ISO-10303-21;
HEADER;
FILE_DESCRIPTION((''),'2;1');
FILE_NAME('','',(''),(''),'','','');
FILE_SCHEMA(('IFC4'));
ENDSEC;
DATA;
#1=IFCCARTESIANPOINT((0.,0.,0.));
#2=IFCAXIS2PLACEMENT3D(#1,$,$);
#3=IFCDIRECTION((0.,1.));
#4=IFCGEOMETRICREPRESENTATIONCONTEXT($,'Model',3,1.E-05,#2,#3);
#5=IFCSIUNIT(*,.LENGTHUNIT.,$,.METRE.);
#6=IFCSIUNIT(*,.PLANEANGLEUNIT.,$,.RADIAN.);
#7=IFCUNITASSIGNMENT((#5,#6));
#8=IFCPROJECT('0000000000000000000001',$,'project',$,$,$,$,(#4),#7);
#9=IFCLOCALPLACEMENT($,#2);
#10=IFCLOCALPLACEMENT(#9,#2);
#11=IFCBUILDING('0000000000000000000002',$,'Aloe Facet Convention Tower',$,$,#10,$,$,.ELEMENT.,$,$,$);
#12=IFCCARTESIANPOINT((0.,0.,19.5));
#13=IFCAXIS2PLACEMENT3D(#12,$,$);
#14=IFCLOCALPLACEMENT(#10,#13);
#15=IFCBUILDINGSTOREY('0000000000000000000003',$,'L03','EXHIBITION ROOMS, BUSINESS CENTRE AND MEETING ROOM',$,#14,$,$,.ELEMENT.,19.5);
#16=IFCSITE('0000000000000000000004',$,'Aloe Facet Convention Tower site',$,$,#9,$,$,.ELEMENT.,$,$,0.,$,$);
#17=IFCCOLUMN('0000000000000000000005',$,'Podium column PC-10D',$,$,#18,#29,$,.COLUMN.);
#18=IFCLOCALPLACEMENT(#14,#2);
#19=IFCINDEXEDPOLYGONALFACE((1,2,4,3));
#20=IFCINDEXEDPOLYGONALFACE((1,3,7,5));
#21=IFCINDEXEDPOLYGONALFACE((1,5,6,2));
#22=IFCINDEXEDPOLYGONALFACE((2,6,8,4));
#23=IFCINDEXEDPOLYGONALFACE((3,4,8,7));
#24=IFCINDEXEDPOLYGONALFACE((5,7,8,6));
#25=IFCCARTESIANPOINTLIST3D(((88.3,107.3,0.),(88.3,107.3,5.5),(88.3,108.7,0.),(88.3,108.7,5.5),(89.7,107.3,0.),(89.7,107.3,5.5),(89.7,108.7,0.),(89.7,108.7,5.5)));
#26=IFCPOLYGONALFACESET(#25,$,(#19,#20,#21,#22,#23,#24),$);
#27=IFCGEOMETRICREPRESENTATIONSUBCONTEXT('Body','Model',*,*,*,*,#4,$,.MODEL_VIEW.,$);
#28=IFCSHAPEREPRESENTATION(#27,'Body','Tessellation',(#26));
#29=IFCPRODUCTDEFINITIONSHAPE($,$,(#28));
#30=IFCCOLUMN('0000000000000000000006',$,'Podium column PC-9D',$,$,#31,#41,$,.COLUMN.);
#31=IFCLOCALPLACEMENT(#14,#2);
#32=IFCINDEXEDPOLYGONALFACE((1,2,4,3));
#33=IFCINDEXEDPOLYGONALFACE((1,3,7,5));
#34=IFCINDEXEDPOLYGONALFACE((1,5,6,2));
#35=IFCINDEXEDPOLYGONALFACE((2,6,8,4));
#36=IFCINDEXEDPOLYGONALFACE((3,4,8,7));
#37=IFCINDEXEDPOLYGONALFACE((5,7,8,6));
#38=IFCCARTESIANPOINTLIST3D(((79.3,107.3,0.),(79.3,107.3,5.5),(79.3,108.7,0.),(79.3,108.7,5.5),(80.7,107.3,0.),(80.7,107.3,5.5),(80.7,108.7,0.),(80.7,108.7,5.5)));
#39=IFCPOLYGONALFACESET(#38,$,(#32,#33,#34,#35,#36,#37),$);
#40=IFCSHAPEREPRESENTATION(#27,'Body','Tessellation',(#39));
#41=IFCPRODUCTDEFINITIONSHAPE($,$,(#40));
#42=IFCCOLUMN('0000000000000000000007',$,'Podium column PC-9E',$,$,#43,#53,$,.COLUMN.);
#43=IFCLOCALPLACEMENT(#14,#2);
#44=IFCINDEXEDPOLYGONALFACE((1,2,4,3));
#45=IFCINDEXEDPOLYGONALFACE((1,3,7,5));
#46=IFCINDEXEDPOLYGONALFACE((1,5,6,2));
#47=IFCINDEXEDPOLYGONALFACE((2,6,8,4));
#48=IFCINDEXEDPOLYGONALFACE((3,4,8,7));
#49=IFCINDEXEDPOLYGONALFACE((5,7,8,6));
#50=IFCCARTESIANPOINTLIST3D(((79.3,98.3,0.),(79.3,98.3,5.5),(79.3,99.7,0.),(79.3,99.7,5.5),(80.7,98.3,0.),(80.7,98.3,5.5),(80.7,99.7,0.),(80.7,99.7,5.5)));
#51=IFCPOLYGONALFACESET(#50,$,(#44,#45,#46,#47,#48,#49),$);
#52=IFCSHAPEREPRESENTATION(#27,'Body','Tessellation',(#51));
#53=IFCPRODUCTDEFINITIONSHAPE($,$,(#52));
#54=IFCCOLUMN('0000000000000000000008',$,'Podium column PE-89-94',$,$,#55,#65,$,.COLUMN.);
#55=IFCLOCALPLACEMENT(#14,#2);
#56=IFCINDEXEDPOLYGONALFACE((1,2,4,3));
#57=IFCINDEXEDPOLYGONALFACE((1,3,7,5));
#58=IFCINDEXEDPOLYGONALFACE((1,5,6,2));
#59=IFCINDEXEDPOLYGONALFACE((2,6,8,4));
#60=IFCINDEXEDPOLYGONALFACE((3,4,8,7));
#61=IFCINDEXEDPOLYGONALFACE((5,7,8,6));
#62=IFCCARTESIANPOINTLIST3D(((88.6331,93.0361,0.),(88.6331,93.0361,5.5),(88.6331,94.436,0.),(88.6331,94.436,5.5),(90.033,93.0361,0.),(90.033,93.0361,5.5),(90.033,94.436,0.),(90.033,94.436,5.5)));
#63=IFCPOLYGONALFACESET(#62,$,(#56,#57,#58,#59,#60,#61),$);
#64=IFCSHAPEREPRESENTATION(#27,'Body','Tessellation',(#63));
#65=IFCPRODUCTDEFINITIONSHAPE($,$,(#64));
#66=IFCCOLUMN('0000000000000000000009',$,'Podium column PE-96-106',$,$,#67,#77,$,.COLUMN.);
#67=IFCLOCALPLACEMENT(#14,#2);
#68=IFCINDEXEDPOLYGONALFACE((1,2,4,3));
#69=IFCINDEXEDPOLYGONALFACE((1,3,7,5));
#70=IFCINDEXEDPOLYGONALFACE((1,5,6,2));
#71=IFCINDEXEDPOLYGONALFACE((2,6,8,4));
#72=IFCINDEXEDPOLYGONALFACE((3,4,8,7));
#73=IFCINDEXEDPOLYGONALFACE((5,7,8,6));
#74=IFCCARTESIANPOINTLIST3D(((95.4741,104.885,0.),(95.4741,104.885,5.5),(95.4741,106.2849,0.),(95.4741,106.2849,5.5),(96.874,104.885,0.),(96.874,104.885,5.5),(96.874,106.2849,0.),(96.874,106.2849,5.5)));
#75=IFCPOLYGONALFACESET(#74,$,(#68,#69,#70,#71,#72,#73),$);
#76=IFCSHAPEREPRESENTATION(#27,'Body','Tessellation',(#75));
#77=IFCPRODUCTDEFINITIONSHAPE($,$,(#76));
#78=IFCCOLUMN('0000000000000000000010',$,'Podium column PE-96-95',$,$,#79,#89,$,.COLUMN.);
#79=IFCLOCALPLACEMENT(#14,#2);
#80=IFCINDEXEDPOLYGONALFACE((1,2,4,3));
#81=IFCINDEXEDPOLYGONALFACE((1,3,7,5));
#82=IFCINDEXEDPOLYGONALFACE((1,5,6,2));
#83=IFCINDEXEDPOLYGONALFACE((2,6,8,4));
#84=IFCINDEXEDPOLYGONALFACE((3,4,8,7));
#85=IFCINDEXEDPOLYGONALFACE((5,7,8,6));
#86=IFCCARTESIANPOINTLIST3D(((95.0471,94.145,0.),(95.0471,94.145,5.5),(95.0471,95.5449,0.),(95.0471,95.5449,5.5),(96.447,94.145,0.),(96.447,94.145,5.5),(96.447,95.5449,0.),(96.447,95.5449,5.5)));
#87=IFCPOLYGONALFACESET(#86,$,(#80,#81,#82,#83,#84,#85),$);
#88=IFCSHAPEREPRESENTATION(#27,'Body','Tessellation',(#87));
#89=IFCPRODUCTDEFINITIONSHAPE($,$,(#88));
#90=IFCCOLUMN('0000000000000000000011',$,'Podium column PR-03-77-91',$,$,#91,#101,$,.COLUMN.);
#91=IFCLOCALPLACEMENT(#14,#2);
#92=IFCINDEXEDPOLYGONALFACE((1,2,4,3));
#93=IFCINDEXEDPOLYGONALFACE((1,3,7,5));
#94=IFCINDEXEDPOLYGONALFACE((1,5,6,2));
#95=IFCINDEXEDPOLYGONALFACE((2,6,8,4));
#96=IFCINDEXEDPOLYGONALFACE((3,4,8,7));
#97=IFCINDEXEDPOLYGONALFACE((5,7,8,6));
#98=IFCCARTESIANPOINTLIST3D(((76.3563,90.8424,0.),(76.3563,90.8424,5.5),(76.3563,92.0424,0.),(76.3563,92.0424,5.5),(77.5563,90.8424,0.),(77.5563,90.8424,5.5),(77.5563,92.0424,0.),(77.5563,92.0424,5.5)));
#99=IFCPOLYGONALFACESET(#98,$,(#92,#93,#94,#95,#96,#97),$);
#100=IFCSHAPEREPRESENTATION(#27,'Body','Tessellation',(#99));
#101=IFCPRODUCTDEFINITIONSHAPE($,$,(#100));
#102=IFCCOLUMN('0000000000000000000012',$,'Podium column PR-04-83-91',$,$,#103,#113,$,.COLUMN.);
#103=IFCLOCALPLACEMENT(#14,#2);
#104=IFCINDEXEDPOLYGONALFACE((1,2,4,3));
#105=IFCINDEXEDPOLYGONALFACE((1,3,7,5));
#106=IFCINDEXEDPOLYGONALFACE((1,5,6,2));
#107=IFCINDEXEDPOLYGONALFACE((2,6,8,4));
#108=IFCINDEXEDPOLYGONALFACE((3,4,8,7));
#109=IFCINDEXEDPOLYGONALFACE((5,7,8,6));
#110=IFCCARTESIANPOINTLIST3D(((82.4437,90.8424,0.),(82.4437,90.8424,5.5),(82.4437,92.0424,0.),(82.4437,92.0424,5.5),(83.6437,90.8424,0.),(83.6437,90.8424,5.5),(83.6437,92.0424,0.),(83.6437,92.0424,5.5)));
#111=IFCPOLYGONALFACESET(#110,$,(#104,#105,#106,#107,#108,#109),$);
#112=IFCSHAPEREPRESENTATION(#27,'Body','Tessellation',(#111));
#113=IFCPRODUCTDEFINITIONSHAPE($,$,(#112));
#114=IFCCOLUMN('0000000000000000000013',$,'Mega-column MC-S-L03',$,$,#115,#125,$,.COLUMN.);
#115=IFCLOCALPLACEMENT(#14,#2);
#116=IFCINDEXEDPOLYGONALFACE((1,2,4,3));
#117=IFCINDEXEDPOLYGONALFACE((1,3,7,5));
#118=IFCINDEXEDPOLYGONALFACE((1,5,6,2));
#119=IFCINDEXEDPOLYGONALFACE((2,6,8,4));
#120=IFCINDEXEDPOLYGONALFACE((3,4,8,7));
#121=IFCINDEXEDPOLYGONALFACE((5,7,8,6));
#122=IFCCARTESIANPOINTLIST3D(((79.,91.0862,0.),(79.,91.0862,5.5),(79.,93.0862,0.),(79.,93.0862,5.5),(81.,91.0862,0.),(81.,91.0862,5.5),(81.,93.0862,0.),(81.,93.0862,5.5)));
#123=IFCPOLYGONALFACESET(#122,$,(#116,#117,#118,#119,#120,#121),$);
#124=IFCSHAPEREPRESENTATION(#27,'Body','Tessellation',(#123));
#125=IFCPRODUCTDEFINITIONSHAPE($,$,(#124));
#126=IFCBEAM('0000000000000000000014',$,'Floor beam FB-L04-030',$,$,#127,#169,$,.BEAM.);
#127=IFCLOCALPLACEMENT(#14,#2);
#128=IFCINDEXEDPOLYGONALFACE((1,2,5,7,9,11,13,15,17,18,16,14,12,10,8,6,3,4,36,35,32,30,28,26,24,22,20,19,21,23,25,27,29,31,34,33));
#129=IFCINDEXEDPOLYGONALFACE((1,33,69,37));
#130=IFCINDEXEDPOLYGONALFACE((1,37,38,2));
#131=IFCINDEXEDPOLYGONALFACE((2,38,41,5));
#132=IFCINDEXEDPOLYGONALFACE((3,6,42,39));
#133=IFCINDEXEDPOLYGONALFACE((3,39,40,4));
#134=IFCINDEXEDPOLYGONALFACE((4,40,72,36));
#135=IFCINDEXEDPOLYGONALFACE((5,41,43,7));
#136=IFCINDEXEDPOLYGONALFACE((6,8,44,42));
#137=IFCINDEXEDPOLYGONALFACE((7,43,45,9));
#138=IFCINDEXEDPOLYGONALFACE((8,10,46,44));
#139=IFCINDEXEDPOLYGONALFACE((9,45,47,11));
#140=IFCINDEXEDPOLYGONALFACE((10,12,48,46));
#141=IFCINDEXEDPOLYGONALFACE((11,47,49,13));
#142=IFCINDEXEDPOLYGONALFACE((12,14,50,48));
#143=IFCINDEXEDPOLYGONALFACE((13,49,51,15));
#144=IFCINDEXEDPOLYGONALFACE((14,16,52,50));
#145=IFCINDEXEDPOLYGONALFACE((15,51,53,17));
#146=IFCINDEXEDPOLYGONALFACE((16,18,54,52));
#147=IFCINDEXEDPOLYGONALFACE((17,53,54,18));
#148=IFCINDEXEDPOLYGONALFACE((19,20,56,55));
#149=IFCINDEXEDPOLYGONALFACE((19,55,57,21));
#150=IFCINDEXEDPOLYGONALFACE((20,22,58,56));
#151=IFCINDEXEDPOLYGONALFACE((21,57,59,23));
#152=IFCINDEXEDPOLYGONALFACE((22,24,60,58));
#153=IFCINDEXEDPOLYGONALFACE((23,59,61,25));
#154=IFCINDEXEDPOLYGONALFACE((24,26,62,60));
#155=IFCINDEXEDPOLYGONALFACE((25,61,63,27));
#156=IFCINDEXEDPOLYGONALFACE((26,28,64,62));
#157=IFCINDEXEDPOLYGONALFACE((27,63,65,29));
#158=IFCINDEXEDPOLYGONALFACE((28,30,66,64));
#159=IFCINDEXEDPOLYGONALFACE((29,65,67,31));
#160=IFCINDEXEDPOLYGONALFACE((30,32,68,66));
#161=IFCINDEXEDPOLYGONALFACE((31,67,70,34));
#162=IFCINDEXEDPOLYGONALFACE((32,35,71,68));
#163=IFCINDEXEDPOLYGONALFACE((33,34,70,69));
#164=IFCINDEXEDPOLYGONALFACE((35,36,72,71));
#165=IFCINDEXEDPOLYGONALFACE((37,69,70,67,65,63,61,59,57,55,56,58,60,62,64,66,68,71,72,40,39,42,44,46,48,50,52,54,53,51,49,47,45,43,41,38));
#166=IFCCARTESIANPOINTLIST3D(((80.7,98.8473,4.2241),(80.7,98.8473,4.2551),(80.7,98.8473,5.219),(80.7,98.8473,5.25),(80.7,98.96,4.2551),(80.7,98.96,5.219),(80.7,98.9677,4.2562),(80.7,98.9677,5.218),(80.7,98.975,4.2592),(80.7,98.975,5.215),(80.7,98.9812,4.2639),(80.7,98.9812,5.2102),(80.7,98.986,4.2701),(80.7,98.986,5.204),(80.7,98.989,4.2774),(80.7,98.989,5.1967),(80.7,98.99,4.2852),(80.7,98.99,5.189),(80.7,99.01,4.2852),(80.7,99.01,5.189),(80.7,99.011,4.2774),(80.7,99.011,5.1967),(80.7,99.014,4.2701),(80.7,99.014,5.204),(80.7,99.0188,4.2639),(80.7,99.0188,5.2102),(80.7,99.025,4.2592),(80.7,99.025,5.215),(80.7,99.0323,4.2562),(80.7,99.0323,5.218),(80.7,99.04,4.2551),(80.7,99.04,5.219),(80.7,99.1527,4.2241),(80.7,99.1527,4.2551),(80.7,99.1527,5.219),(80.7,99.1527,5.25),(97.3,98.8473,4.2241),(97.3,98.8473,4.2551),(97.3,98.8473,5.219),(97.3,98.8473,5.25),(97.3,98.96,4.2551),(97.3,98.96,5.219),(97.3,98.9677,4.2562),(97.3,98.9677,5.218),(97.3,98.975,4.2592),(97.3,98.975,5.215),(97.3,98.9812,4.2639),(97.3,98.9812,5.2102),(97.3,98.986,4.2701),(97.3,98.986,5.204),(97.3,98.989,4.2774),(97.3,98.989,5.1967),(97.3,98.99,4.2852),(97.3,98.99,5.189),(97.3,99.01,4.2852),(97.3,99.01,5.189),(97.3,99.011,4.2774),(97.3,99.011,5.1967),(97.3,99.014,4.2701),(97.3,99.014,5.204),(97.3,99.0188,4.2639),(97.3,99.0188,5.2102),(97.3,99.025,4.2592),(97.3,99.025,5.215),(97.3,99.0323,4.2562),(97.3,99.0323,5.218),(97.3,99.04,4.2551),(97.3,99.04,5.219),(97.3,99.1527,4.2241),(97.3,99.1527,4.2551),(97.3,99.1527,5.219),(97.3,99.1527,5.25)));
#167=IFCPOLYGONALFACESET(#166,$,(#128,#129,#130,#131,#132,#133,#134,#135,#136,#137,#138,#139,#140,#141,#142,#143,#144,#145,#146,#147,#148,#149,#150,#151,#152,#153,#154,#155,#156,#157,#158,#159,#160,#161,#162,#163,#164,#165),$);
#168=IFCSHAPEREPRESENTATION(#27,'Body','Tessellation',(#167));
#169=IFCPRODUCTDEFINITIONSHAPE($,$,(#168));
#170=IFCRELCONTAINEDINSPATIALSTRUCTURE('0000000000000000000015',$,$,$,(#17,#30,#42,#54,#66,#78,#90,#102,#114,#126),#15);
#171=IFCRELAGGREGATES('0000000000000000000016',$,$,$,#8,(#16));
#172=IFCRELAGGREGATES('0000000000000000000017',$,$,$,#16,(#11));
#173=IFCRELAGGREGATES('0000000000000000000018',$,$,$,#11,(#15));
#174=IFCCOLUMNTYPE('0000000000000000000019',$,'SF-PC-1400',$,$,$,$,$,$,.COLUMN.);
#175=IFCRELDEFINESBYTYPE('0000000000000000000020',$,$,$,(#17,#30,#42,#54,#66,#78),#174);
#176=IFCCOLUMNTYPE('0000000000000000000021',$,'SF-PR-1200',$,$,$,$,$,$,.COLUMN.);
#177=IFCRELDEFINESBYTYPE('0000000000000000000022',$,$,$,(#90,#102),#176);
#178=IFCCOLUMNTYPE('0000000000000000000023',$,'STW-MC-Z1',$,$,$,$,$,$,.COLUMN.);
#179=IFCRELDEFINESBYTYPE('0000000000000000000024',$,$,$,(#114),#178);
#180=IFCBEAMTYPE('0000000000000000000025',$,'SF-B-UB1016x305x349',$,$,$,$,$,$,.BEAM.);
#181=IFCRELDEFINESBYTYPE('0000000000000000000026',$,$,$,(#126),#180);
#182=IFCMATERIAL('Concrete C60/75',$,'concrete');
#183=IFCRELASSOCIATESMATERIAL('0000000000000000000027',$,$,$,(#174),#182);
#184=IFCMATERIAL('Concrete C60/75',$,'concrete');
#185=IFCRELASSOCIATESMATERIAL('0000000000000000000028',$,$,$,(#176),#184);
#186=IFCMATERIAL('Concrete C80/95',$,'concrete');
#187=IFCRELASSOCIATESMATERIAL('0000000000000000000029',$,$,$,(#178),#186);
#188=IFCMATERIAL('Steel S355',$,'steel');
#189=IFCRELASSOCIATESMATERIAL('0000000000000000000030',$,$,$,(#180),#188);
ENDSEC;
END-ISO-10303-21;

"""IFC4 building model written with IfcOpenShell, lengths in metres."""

from ifc_helpers import new_model, si_unit, direction, frame, origin, origin_2d, place, context, subcontext, project, spatial, rectangle, i_section, extrude, material, material_profile, profile_set, type_object, element, save


model = new_model("IFC4")

# Units and contexts
model_context = context("Model", 3, precision=1e-05, world=origin(), true_north=direction((0.0, 1.0)))
body_context = subcontext(model_context, "Body", "Model", "MODEL_VIEW")
ifc_project = project(units=[si_unit("LENGTHUNIT", "METRE"), si_unit("PLANEANGLEUNIT", "RADIAN")], contexts=[model_context])

# Site, building, storey
site_placement = place(None, origin())
site = spatial("IfcSite", under=ifc_project, at=site_placement, Name="Aloe Facet Convention Tower site", CompositionType="ELEMENT", RefElevation=0.0)
building_placement = place(site_placement, origin())
building = spatial("IfcBuilding", under=site, at=building_placement, Name="Aloe Facet Convention Tower", CompositionType="ELEMENT")
storey_placement = place(building_placement, frame((0.0, 0.0, 19.5)))
storey = spatial("IfcBuildingStorey", under=building, at=storey_placement, Name="L03", Description="EXHIBITION ROOMS, BUSINESS CENTRE AND MEETING ROOM", CompositionType="ELEMENT", Elevation=19.5)

# Columns
ifc_material_1 = material(Name="Concrete C60/75", Category="concrete")
ifc_material_profile_1 = material_profile(ifc_material_1, rectangle(XDim=1.3999, YDim=1.3999, at=origin_2d()), Name="SF-PC-1400")
ifc_profile_set_1 = profile_set([ifc_material_profile_1], Name="Concrete C60/75")
column_type_1 = type_object("IfcColumnType", Name="SF-PC-1400", PredefinedType="COLUMN", material=ifc_profile_set_1)
for number, where, z_axis, x_axis, name in (
    (1, (89.0, 108.0, 0.0), (0.0, 0.0, 1.0), (1.0, 0.0, 0.0), "Podium column PC-10D"),
    (2, (80.0, 108.0, 0.0), (0.0, 0.0, 1.0), (1.0, 0.0, 0.0), "Podium column PC-9D"),
    (3, (80.0, 99.0, 0.0), (0.0, 0.0, 1.0), (1.0, 0.0, 0.0), "Podium column PC-9E"),
    (4, (89.333, 93.7361, 0.0), (0.0, 0.0, 1.0), (1.0, 0.0, 0.0), "Podium column PE-89-94"),
    (5, (96.1741, 105.585, 0.0), (0.0, 0.0, 1.0), (1.0, 0.0, 0.0), "Podium column PE-96-106"),
    (6, (95.7471, 94.845, 0.0), (0.0, 0.0, 1.0), (1.0, 0.0, 0.0), "Podium column PE-96-95"),
):
    element("IfcColumn", number, at=place(storey_placement, frame(where, z_axis=z_axis, x_axis=x_axis)), inside=storey, type_object=column_type_1, Name=name, PredefinedType="COLUMN", context=body_context, shape_type="SweptSolid", body=[
        extrude(rectangle(XDim=1.3999, YDim=1.3999, at=origin_2d()), origin(), (0.0, 0.0, 1.0), 5.5),
    ])
ifc_material_2 = material(Name="Concrete C60/75", Category="concrete")
ifc_material_profile_2 = material_profile(ifc_material_2, rectangle(XDim=1.2, YDim=1.2, at=origin_2d()), Name="SF-PR-1200")
ifc_profile_set_2 = profile_set([ifc_material_profile_2], Name="Concrete C60/75")
column_type_2 = type_object("IfcColumnType", Name="SF-PR-1200", PredefinedType="COLUMN", material=ifc_profile_set_2)
for number, where, z_axis, x_axis, name in (
    (7, (76.9563, 91.4424, 0.0), (0.0, 0.0, 1.0), (1.0, 0.0, 0.0), "Podium column PR-03-77-91"),
    (8, (83.0437, 91.4424, 0.0), (0.0, 0.0, 1.0), (1.0, 0.0, 0.0), "Podium column PR-04-83-91"),
):
    element("IfcColumn", number, at=place(storey_placement, frame(where, z_axis=z_axis, x_axis=x_axis)), inside=storey, type_object=column_type_2, Name=name, PredefinedType="COLUMN", context=body_context, shape_type="SweptSolid", body=[
        extrude(rectangle(XDim=1.2, YDim=1.2, at=origin_2d()), origin(), (0.0, 0.0, 1.0), 5.5),
    ])
ifc_material_3 = material(Name="Concrete C80/95", Category="concrete")
ifc_material_profile_3 = material_profile(ifc_material_3, rectangle(XDim=2.0, YDim=2.0, at=origin_2d()), Name="STW-MC-Z1")
ifc_profile_set_3 = profile_set([ifc_material_profile_3], Name="Concrete C80/95")
column_type_3 = type_object("IfcColumnType", Name="STW-MC-Z1", PredefinedType="COLUMN", material=ifc_profile_set_3)
column_placement = place(storey_placement, frame((80.0, 92.0862, 0.0), z_axis=(0.0, 0.0, 1.0), x_axis=(1.0, 0.0, 0.0)))
element("IfcColumn", 9, at=column_placement, inside=storey, type_object=column_type_3, Name="Mega-column MC-S-L03", PredefinedType="COLUMN", context=body_context, shape_type="SweptSolid", body=[
    extrude(rectangle(XDim=2.0, YDim=2.0, at=origin_2d()), origin(), (0.0, 0.0, 1.0), 5.5),
])

# Beam
ifc_material_4 = material(Name="Steel S355", Category="steel")
ifc_material_profile_4 = material_profile(ifc_material_4, i_section(OverallWidth=0.3054, OverallDepth=1.0259, WebThickness=0.02, FlangeThickness=0.031, FilletRadius=0.03, at=origin_2d()), Name="UB 1016x305x349")
ifc_profile_set_4 = profile_set([ifc_material_profile_4], Name="Steel S355")
beam_type_1 = type_object("IfcBeamType", Name="SF-B-UB1016x305x349", PredefinedType="BEAM", material=ifc_profile_set_4)
beam_1_placement = place(storey_placement, frame((80.7, 99.0, 4.7371), z_axis=(1.0, 0.0, 0.0), x_axis=(0.0, 1.0, 0.0)))
element("IfcBeam", 10, at=beam_1_placement, inside=storey, type_object=beam_type_1, Name="Floor beam FB-L04-030", PredefinedType="BEAM", context=body_context, shape_type="SweptSolid", body=[
    extrude(i_section(OverallWidth=0.3054, OverallDepth=1.0259, WebThickness=0.02, FlangeThickness=0.031, FilletRadius=0.03, at=origin_2d()), origin(), (0.0, 0.0, 1.0), 16.6001),
])

save(model, "model.ifc")
